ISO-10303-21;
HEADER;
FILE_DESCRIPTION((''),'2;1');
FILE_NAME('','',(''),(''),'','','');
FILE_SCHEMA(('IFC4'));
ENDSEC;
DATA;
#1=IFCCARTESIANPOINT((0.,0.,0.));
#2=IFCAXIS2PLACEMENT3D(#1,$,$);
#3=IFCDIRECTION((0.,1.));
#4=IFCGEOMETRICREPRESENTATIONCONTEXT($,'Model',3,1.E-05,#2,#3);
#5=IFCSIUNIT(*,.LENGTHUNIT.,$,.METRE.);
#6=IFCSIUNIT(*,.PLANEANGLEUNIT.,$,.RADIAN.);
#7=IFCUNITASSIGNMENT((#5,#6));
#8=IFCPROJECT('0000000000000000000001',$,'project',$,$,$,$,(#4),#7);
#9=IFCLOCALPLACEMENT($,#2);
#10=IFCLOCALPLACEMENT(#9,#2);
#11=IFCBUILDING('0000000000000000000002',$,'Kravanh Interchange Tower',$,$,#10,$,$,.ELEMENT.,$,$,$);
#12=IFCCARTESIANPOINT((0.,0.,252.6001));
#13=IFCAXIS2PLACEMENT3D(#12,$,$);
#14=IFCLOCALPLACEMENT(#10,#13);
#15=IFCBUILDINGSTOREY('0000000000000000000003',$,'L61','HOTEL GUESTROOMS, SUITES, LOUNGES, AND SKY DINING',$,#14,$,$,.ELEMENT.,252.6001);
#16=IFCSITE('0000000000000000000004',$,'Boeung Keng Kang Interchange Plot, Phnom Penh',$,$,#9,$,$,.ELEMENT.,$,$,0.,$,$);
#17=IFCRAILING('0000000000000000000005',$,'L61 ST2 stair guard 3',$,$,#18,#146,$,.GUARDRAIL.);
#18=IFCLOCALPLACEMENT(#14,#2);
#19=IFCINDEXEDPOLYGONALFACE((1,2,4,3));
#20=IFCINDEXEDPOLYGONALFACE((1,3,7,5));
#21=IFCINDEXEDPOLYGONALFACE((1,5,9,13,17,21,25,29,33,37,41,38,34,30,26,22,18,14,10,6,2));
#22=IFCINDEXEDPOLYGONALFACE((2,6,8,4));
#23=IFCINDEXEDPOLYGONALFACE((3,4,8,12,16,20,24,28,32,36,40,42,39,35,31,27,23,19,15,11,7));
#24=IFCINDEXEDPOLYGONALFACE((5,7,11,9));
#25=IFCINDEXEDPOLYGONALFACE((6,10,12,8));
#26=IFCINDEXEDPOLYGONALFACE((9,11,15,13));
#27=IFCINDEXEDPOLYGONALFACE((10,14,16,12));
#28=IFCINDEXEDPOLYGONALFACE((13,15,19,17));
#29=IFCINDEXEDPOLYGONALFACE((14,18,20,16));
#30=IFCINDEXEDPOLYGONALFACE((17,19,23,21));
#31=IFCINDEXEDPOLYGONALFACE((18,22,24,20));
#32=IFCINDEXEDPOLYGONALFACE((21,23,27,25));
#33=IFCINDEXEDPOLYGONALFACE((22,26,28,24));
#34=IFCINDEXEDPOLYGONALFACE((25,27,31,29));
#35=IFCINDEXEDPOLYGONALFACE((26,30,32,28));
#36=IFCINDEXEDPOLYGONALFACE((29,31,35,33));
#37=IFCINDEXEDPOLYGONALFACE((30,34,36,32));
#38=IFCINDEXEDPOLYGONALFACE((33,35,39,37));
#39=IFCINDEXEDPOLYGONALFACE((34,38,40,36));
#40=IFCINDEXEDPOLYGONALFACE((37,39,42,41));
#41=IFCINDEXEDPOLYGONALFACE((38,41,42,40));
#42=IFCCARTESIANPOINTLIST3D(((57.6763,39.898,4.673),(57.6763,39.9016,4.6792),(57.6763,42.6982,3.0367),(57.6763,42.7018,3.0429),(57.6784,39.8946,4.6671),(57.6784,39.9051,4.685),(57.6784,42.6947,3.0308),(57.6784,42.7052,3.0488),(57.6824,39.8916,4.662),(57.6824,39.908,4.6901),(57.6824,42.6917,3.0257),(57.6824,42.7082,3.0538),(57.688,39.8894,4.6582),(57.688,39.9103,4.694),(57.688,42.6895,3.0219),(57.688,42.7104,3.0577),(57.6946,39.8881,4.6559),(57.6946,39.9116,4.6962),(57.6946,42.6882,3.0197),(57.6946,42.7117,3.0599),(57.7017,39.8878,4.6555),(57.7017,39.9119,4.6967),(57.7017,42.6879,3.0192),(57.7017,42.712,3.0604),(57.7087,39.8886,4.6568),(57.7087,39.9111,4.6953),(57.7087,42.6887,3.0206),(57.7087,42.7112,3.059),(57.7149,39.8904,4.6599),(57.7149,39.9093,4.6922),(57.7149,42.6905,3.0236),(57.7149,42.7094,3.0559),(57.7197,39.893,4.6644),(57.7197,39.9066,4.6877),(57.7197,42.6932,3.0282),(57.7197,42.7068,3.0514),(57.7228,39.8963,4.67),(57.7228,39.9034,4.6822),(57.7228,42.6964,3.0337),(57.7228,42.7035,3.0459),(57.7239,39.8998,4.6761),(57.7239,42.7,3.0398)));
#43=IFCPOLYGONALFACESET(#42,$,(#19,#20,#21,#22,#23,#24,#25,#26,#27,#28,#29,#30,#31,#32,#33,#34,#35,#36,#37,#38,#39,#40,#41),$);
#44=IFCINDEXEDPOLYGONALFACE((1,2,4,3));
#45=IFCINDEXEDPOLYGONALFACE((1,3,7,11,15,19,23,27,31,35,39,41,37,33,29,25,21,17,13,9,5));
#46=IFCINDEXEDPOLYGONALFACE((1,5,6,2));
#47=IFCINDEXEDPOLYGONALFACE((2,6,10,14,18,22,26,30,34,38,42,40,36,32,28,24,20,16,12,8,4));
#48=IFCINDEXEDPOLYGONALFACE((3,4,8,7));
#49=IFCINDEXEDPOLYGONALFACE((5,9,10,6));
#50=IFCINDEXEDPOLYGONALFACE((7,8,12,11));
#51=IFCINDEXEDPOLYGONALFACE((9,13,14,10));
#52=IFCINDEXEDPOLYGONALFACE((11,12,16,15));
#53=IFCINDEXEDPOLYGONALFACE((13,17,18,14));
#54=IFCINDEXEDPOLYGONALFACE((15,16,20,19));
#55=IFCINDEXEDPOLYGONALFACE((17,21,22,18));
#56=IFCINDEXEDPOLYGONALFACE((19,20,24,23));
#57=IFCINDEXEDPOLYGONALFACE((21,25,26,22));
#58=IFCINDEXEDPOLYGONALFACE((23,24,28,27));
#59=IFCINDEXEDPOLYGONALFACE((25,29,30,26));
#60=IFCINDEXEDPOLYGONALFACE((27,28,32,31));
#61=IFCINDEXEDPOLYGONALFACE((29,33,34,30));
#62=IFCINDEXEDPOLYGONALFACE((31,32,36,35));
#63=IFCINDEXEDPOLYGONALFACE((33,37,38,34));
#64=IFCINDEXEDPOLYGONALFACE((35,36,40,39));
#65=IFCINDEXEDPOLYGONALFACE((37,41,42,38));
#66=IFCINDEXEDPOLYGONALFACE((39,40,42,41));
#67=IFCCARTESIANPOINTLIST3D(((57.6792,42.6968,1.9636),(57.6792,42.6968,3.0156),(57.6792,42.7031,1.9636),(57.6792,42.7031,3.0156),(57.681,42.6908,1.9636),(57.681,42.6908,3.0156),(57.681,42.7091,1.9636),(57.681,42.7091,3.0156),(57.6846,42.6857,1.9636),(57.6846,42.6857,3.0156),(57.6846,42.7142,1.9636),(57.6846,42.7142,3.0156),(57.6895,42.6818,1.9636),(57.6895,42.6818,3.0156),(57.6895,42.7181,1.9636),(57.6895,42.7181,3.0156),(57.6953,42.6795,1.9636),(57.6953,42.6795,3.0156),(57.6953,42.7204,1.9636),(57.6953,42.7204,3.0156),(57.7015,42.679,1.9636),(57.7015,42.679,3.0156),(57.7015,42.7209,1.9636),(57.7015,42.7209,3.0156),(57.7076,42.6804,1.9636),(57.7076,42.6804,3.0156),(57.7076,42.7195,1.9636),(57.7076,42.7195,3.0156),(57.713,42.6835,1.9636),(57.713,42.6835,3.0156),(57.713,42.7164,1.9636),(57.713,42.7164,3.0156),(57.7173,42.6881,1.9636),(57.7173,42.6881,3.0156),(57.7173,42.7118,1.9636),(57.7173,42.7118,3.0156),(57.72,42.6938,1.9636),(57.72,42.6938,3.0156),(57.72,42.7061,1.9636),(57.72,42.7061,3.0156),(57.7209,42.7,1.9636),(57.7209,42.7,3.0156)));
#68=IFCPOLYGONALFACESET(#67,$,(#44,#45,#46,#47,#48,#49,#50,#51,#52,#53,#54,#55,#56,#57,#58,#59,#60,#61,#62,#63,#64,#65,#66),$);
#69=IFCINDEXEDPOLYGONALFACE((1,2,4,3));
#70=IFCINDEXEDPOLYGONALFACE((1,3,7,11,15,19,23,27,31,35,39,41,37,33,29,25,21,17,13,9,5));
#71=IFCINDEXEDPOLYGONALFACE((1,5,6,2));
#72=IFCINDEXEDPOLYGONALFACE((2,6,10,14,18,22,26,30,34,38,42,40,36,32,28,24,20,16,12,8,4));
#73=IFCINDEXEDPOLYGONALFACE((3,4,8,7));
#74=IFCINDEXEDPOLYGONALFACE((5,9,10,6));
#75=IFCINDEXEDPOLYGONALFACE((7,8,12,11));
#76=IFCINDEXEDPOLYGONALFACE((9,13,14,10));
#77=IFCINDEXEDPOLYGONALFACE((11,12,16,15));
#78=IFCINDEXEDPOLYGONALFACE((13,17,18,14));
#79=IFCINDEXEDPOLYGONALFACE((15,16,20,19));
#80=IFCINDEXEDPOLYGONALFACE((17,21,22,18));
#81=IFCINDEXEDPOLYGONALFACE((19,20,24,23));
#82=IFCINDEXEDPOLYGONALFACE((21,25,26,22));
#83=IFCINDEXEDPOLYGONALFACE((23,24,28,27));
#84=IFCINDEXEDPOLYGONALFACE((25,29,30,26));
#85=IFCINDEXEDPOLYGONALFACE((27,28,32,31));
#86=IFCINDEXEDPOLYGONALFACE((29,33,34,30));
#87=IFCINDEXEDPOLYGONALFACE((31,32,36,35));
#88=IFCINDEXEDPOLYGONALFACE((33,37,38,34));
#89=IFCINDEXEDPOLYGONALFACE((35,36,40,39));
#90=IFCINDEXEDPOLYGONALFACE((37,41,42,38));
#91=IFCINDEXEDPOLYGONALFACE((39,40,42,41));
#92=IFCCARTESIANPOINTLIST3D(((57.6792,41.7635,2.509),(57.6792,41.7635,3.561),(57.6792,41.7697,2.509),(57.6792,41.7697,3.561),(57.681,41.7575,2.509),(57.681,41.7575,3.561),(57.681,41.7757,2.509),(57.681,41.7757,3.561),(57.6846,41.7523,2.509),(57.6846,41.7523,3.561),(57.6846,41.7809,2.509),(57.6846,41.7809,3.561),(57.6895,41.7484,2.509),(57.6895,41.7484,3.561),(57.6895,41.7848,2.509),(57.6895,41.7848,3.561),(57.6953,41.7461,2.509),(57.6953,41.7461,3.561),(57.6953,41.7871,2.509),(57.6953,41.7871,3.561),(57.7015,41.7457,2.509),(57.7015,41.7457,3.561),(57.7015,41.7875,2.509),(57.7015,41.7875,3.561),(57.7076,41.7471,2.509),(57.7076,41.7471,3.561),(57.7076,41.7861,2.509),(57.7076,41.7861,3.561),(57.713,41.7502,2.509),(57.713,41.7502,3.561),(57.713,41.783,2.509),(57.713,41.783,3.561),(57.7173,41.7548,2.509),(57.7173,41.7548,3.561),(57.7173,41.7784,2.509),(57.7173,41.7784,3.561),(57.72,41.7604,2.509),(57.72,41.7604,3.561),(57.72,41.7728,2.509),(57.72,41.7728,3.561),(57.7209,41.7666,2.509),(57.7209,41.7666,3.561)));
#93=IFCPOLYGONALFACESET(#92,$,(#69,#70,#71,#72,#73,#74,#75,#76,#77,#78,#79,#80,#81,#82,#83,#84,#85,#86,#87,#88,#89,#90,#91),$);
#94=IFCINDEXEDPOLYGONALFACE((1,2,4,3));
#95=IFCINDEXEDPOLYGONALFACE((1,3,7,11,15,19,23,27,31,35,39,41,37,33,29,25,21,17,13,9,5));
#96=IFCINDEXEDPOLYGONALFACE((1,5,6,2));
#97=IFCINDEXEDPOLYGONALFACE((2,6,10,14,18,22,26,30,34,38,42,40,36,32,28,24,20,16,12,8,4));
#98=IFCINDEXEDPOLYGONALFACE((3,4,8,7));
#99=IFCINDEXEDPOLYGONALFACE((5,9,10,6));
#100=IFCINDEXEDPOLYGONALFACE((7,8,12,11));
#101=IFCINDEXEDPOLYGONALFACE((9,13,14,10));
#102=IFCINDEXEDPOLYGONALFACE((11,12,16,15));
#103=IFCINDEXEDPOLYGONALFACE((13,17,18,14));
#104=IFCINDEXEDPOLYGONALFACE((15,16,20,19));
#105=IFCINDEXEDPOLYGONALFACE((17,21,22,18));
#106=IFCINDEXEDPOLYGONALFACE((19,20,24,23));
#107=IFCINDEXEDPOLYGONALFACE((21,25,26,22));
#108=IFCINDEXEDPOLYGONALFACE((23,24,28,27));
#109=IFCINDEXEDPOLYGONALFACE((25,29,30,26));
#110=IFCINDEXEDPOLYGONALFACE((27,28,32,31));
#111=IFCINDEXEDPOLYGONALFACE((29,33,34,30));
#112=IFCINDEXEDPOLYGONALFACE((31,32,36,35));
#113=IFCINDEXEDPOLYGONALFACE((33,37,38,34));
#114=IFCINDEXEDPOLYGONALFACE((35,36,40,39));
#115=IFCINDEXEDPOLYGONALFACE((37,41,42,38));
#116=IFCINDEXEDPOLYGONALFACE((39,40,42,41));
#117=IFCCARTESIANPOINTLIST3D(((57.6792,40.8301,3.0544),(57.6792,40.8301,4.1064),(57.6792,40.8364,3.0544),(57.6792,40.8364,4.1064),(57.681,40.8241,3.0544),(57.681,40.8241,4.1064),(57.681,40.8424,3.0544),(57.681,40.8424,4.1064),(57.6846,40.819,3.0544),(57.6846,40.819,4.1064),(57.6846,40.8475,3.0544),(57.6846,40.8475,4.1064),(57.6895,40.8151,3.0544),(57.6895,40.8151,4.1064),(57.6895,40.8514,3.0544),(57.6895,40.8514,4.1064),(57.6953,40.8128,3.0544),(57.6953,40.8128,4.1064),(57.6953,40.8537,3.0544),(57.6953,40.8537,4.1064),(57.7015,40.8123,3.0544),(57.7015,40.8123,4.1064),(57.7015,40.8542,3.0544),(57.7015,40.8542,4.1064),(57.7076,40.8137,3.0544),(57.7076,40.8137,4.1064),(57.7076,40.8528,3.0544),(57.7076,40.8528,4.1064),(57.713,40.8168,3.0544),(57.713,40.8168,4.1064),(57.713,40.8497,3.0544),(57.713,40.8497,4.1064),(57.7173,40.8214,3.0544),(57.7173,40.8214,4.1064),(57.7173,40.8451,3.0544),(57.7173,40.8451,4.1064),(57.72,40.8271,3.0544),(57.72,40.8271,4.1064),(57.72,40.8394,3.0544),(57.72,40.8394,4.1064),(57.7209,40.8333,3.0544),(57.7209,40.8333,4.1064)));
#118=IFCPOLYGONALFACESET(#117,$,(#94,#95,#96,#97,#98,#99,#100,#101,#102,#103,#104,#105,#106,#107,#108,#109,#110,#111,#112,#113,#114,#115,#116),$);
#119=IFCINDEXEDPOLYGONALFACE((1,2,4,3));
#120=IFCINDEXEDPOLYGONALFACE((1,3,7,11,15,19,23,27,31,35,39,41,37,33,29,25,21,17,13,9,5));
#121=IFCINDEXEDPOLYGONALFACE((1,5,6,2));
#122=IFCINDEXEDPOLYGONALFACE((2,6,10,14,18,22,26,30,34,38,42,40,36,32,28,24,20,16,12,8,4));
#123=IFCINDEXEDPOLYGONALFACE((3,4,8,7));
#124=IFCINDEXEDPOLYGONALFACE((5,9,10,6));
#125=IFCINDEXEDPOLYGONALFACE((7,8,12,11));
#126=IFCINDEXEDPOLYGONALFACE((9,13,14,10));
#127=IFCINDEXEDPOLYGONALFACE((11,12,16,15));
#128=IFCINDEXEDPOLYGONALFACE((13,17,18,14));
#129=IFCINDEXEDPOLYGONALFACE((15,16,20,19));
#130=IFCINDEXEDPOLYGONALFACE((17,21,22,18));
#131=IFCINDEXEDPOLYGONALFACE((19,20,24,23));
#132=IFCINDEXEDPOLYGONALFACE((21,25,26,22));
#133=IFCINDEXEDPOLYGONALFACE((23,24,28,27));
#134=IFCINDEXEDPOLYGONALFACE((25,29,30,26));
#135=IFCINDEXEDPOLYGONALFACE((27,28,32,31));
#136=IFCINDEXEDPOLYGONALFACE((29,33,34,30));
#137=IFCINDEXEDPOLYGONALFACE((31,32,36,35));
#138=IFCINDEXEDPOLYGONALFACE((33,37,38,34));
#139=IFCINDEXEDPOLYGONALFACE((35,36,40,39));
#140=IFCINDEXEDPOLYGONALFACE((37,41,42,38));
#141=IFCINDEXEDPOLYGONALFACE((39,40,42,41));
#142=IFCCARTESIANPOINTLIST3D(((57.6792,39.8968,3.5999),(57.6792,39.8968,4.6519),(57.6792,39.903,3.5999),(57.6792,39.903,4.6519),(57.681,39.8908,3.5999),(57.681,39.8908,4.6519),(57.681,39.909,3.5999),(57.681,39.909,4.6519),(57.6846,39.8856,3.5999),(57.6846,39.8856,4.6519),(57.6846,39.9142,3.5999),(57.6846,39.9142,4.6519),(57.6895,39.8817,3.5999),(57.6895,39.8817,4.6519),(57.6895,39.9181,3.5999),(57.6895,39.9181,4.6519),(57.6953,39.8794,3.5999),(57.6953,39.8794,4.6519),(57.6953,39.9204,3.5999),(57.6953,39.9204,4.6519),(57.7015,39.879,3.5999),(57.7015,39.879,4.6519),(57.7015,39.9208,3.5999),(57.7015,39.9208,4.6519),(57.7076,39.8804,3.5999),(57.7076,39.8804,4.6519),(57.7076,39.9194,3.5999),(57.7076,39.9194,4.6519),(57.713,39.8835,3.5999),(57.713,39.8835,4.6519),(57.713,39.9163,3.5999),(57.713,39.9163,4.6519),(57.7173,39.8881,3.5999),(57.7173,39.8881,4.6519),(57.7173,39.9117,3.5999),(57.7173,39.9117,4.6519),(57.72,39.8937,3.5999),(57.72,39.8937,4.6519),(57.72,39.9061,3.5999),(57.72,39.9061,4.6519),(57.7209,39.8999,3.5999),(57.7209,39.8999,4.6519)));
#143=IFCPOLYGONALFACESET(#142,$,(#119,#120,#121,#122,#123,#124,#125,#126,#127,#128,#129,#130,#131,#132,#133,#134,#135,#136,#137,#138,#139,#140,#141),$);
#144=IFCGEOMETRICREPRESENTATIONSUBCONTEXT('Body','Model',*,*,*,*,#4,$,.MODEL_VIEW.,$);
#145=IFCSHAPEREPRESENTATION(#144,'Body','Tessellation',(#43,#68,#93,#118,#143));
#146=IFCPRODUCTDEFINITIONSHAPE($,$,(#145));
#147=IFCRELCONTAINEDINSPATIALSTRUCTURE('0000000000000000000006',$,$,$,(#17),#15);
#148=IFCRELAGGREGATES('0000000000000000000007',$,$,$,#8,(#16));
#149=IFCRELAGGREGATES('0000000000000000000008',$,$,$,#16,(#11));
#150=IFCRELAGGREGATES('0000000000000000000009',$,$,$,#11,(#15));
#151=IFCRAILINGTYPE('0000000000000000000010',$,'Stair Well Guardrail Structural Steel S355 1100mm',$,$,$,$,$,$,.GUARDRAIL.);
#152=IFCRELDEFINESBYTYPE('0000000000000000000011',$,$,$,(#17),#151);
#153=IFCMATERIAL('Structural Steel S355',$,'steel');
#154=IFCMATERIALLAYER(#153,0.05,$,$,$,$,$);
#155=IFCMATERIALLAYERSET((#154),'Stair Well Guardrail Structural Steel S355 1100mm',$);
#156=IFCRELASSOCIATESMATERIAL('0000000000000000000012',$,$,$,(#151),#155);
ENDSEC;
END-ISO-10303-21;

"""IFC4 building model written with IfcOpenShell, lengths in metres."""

from ifc_helpers import new_model, si_unit, direction, frame, origin, origin_2d, place, context, subcontext, project, spatial, circle, extrude, material, layer, layer_set, type_object, element, save


model = new_model("IFC4")

# Units and contexts
model_context = context("Model", 3, precision=1e-05, world=origin(), true_north=direction((0.0, 1.0)))
body_context = subcontext(model_context, "Body", "Model", "MODEL_VIEW")
ifc_project = project(units=[si_unit("LENGTHUNIT", "METRE"), si_unit("PLANEANGLEUNIT", "RADIAN")], contexts=[model_context])

# Site, building, storey
site_placement = place(None, origin())
site = spatial("IfcSite", under=ifc_project, at=site_placement, Name="Boeung Keng Kang Interchange Plot, Phnom Penh", CompositionType="ELEMENT", RefElevation=0.0)
building_placement = place(site_placement, origin())
building = spatial("IfcBuilding", under=site, at=building_placement, Name="Kravanh Interchange Tower", CompositionType="ELEMENT")
storey_placement = place(building_placement, frame((0.0, 0.0, 252.6001)))
storey = spatial("IfcBuildingStorey", under=building, at=storey_placement, Name="L61", Description="HOTEL GUESTROOMS, SUITES, LOUNGES, AND SKY DINING", CompositionType="ELEMENT", Elevation=252.6001)

# Railing
ifc_material_1 = material(Name="Structural Steel S355", Category="steel")
ifc_layer_1 = layer(ifc_material_1, 0.05)
ifc_layer_set_1 = layer_set([ifc_layer_1], Name="Stair Well Guardrail Structural Steel S355 1100mm")
railing_type_1 = type_object("IfcRailingType", Name="Stair Well Guardrail Structural Steel S355 1100mm", PredefinedType="GUARDRAIL", material=ifc_layer_set_1)
railing_1_placement = place(storey_placement, frame((57.7, 42.7, 1.9636)))
element("IfcRailing", 1, at=railing_1_placement, inside=storey, type_object=railing_type_1, Name="L61 ST2 stair guard 3", PredefinedType="GUARDRAIL", context=body_context, shape_type="SweptSolid", body=[
    extrude(circle(Radius=0.0239, at=origin_2d()), frame((0.0, 0.0, 1.0762), z_axis=(0.0, -0.863394, 0.504531), x_axis=(1.0, 0.0, 0.0)), (0.0, 0.0, 1.0), 3.2432),
    extrude(circle(Radius=0.021, at=origin_2d()), origin(), (0.0, 0.0, 1.0), 1.052),
    extrude(circle(Radius=0.021, at=origin_2d()), frame((0.0, -0.9333, 0.5454)), (0.0, 0.0, 1.0), 1.052),
    extrude(circle(Radius=0.021, at=origin_2d()), frame((0.0, -1.8667, 1.0908)), (0.0, 0.0, 1.0), 1.052),
    extrude(circle(Radius=0.021, at=origin_2d()), frame((0.0, -2.8, 1.6362)), (0.0, 0.0, 1.0), 1.052),
])

save(model, "model.ifc")
